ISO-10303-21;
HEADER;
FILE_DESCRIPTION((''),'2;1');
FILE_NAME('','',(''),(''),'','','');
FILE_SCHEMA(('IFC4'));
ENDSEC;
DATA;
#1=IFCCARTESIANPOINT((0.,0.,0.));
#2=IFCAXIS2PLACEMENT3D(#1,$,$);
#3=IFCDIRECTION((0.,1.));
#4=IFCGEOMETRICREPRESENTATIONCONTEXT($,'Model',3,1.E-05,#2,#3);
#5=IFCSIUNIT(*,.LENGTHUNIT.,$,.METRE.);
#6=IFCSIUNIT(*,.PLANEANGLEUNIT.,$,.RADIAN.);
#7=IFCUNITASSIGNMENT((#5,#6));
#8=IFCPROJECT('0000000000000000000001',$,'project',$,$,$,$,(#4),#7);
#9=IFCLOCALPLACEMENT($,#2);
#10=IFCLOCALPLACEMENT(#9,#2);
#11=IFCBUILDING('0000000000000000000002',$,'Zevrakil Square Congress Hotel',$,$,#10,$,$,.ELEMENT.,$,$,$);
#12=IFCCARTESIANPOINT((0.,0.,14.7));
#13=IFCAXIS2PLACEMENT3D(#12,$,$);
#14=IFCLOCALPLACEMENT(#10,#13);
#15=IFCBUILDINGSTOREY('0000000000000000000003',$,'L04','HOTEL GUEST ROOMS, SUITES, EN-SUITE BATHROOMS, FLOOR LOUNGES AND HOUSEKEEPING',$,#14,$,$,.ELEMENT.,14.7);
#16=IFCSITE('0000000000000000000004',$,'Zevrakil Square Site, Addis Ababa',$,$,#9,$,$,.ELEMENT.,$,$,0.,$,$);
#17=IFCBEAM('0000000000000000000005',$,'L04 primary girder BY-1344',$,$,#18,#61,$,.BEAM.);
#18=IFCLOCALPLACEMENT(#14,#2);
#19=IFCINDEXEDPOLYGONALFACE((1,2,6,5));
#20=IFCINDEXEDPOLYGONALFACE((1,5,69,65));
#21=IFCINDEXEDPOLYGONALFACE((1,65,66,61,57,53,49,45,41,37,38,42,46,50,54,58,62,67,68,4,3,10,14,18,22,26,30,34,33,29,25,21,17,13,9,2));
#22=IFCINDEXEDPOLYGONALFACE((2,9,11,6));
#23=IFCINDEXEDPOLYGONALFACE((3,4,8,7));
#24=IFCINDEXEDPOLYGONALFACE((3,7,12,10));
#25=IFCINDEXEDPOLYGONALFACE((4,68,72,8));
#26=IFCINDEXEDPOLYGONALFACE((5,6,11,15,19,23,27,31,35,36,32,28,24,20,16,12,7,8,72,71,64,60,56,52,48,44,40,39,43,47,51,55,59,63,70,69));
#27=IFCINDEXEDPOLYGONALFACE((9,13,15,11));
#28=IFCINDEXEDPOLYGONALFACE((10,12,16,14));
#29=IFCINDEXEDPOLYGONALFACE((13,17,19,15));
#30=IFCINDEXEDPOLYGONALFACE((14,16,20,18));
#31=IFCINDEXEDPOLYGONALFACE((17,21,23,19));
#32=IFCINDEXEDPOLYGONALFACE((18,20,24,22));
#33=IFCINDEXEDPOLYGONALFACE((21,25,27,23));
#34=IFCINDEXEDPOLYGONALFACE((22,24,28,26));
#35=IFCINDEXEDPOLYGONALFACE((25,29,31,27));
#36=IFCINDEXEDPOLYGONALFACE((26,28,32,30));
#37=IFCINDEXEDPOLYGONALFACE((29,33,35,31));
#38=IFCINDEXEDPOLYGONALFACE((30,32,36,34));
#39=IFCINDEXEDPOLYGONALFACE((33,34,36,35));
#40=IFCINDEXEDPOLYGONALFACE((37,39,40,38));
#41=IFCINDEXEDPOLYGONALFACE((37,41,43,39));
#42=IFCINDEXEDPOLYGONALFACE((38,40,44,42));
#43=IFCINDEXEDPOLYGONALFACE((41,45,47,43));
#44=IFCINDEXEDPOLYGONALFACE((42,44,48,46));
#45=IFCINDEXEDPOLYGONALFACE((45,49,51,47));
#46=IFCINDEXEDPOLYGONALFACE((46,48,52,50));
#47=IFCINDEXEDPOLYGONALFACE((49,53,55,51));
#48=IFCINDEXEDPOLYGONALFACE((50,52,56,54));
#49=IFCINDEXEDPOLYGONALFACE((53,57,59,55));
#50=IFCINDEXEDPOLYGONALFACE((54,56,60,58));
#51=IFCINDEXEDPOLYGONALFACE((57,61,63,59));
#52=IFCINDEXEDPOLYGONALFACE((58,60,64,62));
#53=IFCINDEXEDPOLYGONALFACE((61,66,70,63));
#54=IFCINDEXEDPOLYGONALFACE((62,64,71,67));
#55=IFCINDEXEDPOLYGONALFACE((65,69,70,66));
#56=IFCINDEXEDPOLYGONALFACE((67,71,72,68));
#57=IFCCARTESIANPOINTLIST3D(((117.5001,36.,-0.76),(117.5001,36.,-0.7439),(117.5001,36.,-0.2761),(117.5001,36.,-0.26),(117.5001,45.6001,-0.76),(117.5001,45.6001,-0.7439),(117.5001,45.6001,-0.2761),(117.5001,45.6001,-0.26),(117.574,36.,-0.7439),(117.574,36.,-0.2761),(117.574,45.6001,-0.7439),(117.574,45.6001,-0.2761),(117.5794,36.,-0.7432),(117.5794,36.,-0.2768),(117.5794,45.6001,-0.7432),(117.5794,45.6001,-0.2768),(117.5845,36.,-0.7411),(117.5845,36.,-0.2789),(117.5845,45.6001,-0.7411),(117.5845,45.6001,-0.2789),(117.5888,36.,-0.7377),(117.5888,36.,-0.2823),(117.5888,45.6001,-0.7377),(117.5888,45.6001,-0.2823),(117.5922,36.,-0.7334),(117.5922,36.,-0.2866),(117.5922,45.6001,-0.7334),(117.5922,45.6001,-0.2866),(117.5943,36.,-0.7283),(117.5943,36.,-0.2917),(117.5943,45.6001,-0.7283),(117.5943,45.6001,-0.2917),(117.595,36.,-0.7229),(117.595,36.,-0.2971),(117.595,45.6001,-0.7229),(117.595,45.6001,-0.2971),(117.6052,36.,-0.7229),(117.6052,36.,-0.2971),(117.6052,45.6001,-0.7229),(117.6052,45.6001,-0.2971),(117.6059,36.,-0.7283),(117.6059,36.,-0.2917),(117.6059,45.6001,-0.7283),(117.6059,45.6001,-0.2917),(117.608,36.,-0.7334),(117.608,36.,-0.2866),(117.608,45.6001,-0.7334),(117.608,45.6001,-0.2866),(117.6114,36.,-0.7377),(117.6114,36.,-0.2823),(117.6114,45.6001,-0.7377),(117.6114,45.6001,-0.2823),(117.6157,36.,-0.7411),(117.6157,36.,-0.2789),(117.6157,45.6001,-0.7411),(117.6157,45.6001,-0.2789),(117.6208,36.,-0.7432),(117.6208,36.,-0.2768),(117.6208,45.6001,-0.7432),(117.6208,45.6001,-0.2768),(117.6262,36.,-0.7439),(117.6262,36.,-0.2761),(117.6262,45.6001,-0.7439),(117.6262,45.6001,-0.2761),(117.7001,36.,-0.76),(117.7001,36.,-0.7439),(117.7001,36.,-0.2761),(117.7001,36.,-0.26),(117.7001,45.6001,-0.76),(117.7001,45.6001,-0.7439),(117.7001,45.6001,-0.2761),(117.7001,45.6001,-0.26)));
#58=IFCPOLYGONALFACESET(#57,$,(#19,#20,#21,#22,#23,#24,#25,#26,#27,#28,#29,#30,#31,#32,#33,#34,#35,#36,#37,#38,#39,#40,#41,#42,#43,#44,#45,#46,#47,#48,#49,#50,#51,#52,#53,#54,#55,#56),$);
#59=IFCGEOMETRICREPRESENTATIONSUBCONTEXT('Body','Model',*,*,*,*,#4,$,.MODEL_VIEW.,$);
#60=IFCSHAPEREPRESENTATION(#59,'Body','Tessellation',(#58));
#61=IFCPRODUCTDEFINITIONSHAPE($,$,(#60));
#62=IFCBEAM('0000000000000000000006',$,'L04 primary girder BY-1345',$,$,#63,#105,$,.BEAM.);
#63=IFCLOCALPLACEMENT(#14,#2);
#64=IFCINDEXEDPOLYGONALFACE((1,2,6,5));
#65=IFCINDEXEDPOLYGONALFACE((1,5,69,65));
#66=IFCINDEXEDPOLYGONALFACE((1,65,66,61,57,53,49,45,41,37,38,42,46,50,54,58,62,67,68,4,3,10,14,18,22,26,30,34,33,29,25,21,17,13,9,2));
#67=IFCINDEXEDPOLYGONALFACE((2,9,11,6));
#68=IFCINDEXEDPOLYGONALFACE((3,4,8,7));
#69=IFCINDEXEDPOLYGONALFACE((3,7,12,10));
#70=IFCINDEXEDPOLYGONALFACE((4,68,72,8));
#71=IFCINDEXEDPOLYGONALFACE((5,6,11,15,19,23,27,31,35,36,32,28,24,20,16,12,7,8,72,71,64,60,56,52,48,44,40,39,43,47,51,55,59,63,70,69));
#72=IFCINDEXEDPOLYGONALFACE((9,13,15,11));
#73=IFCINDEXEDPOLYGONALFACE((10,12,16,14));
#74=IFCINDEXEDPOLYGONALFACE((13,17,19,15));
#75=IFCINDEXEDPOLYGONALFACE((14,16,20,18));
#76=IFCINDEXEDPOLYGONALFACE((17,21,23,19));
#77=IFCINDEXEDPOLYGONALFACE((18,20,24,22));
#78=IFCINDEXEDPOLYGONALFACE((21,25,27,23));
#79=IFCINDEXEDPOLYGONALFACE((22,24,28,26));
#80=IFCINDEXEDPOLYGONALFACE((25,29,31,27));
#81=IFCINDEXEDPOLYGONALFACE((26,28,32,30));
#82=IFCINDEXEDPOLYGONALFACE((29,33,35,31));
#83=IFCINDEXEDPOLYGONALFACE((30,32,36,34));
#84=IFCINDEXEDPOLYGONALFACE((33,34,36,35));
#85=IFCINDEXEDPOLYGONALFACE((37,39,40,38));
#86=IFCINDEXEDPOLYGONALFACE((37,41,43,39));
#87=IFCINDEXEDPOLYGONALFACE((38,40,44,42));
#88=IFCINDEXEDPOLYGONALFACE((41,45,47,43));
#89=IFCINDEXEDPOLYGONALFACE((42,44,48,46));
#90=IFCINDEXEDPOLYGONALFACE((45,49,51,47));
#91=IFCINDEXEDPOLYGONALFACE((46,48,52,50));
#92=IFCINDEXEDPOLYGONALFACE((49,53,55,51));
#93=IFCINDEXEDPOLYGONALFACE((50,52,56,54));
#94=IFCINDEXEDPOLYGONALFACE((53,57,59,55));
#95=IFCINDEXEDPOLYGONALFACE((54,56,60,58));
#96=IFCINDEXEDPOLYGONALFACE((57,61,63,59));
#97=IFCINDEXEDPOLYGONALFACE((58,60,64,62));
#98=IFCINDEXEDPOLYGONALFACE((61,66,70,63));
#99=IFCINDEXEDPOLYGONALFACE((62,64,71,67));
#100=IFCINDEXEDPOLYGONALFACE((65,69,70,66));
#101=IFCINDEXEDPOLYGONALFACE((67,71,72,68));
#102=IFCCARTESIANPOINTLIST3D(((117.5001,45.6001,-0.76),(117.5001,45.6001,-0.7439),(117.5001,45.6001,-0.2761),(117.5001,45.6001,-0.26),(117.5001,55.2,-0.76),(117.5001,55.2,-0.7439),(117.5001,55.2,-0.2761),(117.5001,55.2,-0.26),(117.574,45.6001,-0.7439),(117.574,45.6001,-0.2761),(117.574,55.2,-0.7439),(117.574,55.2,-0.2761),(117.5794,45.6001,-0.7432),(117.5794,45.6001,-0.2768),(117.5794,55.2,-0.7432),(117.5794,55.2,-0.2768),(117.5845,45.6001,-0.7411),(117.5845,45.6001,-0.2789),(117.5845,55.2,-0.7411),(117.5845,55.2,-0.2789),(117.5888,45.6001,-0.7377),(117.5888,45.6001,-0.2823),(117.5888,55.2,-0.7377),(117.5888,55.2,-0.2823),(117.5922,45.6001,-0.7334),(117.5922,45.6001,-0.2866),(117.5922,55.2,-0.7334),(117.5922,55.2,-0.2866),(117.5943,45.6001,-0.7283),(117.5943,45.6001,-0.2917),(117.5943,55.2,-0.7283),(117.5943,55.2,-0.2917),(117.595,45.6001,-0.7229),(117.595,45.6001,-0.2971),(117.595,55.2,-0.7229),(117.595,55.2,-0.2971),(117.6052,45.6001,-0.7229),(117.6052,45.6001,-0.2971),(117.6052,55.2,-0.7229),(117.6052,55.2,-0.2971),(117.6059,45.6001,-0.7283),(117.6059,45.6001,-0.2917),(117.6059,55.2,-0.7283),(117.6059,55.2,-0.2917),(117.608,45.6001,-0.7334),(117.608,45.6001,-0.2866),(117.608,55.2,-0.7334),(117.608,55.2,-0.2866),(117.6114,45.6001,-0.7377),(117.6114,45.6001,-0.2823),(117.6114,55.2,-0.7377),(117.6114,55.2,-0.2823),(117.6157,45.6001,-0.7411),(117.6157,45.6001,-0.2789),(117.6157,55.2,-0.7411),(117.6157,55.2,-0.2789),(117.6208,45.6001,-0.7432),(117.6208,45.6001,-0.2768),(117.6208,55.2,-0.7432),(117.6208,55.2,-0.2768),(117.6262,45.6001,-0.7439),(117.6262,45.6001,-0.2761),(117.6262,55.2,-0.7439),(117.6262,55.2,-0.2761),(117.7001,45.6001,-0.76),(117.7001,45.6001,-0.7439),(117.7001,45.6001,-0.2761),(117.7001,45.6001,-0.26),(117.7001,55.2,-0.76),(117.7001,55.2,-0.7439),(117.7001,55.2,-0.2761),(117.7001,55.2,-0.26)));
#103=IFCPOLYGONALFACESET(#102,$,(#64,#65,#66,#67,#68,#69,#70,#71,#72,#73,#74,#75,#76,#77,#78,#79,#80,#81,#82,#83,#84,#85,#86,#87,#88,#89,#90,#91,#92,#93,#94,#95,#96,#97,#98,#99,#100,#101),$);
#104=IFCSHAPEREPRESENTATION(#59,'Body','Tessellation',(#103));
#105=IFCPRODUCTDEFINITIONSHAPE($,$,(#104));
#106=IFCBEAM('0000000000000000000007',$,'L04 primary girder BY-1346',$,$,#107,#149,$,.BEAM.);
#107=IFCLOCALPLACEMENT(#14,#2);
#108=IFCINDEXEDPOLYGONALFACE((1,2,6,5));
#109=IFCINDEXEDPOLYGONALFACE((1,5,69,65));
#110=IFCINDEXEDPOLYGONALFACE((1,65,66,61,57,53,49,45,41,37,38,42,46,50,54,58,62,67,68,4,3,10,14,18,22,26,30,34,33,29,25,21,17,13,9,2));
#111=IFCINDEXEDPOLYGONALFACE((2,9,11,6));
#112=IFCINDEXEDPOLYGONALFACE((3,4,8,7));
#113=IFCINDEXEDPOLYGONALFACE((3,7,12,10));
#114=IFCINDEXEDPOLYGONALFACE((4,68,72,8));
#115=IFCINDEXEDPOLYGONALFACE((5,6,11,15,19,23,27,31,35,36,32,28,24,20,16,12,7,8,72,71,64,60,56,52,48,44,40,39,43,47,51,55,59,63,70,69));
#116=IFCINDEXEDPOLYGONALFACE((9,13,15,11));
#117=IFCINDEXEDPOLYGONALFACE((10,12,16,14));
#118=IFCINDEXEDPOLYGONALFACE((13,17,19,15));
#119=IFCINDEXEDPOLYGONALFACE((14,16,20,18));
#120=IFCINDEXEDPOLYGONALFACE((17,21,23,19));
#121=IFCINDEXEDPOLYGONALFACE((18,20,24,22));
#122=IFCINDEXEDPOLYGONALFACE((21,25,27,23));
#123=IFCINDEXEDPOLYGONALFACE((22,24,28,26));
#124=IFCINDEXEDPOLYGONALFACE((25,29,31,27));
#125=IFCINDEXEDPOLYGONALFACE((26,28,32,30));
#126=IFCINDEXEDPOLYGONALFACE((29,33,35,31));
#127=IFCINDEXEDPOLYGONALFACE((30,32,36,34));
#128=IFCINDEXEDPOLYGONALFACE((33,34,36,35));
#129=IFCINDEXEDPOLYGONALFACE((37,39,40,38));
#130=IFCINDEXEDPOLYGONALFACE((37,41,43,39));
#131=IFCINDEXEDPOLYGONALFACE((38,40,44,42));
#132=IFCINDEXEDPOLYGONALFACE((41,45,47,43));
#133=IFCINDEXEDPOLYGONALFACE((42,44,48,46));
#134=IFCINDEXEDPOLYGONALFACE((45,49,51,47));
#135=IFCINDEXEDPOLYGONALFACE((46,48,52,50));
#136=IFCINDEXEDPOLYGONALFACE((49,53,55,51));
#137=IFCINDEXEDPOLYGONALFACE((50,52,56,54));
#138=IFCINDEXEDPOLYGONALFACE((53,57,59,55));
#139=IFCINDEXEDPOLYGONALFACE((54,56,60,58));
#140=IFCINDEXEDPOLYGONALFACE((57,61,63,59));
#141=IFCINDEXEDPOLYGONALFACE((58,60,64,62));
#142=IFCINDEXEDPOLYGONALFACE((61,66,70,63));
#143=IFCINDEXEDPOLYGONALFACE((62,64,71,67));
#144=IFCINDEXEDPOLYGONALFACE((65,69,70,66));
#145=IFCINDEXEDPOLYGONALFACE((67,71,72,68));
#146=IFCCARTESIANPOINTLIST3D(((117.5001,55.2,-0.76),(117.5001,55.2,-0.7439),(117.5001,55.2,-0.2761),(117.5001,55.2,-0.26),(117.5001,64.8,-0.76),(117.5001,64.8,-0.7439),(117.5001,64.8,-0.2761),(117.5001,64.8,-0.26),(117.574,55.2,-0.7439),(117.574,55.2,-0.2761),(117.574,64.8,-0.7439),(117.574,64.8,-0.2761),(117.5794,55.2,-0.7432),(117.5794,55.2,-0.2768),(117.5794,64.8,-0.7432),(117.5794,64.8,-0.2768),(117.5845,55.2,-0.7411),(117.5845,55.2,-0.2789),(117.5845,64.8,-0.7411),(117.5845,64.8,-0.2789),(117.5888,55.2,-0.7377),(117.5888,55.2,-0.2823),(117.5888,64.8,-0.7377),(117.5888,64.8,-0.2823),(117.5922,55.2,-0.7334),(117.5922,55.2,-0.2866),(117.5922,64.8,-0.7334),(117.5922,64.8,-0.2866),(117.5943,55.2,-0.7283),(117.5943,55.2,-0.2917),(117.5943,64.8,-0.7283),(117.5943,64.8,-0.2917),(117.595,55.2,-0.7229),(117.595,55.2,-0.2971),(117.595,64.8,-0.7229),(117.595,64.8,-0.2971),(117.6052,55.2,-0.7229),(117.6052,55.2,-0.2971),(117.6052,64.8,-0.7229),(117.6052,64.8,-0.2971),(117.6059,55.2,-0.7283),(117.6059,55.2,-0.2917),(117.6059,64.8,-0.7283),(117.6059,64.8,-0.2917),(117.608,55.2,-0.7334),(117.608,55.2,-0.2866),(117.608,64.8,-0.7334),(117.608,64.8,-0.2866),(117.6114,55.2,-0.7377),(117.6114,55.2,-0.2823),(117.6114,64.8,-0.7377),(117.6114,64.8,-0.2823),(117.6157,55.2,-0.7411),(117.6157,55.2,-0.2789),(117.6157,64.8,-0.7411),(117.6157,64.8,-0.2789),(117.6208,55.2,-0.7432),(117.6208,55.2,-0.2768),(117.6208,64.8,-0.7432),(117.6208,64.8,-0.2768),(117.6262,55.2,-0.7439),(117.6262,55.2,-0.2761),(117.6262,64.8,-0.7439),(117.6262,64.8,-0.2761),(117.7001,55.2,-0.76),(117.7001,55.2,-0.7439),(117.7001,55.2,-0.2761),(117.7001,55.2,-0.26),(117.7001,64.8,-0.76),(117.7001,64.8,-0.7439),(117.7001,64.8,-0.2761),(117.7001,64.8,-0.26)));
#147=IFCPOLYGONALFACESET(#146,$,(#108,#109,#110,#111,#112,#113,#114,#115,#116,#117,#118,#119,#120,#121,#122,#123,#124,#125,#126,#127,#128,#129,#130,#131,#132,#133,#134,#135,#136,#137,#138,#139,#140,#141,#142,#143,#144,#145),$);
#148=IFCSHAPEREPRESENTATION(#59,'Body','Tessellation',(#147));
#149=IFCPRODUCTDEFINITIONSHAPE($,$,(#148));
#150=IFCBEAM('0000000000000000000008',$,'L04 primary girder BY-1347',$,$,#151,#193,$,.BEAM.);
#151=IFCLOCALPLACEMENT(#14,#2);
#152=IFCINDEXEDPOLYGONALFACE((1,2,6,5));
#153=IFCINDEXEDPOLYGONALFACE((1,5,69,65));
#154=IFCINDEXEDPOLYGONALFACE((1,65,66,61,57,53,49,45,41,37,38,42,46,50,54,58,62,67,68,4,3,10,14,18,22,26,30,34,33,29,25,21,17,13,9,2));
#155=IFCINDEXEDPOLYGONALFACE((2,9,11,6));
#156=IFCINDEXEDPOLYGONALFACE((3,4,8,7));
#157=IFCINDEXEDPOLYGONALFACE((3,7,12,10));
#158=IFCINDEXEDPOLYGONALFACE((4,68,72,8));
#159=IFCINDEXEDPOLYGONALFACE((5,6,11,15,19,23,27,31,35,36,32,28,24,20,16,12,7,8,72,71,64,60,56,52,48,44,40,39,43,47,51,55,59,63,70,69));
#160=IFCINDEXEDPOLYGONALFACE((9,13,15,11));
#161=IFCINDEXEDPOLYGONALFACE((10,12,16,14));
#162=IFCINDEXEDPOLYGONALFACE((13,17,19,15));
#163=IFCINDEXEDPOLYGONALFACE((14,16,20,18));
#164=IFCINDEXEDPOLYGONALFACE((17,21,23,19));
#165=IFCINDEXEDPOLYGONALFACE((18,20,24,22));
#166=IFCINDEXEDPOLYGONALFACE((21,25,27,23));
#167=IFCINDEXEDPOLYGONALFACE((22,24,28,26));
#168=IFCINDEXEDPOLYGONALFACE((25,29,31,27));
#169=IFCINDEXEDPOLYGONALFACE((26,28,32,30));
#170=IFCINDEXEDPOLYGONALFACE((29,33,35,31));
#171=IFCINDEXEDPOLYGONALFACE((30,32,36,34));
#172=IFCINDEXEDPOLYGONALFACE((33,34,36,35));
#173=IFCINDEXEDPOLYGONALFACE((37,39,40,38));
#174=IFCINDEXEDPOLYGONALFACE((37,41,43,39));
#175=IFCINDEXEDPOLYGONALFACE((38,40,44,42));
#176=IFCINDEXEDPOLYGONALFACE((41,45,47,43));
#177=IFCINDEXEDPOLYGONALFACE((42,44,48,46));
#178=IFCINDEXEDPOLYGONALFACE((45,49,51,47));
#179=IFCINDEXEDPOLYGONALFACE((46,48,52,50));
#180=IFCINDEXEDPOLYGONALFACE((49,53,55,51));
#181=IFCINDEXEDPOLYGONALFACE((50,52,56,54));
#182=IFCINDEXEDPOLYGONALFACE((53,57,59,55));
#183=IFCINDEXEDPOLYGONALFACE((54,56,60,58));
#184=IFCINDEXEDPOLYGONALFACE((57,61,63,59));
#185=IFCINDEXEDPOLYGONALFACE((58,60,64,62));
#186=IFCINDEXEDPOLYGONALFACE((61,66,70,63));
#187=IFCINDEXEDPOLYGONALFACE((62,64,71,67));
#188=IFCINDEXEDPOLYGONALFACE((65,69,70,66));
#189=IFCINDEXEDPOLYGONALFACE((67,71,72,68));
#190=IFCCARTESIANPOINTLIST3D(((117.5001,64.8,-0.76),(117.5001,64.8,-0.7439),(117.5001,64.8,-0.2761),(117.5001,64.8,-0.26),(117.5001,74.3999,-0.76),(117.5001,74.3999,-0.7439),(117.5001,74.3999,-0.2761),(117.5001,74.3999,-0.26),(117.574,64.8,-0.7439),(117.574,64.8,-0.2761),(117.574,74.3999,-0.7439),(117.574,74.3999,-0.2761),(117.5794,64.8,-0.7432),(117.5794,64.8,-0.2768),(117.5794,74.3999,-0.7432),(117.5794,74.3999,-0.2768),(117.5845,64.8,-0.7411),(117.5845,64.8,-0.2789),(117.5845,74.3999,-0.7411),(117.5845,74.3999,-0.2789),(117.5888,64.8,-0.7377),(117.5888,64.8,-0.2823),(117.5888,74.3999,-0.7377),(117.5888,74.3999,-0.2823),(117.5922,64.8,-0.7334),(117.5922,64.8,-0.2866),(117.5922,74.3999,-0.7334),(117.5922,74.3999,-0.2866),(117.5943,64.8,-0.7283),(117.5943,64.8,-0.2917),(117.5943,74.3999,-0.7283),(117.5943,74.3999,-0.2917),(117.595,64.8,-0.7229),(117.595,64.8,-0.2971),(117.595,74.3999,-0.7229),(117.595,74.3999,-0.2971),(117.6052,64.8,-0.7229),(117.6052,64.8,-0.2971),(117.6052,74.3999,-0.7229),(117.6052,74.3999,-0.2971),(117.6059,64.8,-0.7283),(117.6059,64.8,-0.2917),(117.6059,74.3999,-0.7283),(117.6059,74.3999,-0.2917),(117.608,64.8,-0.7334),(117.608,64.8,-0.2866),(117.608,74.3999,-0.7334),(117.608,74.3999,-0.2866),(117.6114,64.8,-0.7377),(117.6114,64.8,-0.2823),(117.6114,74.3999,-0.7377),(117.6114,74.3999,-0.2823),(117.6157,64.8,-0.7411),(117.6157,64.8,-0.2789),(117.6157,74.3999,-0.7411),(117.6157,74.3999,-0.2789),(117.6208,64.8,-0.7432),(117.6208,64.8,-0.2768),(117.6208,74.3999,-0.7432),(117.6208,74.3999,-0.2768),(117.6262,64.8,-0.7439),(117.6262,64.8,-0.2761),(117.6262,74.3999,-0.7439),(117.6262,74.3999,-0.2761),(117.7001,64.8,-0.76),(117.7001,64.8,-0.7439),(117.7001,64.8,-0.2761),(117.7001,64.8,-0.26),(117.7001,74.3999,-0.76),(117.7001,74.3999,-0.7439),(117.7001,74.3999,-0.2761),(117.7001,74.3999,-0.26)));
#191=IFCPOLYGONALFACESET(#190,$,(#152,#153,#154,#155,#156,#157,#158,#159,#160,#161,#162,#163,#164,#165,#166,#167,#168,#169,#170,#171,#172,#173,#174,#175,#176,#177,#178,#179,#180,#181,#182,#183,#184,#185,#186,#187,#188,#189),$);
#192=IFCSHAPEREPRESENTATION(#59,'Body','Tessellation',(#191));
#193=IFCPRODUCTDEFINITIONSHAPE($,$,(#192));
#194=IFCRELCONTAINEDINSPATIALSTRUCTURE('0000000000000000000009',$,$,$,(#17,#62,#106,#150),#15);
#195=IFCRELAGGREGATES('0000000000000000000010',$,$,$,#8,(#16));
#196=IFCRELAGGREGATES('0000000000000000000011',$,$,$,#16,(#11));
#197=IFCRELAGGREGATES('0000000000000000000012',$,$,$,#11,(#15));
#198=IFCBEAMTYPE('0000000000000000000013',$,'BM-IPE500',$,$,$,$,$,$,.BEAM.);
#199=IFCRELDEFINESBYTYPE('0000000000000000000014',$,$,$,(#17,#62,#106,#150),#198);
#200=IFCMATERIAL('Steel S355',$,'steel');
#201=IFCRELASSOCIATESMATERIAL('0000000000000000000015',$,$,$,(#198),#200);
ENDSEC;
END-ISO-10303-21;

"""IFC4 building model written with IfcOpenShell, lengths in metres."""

from ifc_helpers import new_model, si_unit, direction, frame, origin, origin_2d, place, context, subcontext, project, spatial, i_section, extrude, material, material_profile, profile_set, type_object, element, save


model = new_model("IFC4")

# Units and contexts
model_context = context("Model", 3, precision=1e-05, world=origin(), true_north=direction((0.0, 1.0)))
body_context = subcontext(model_context, "Body", "Model", "MODEL_VIEW")
ifc_project = project(units=[si_unit("LENGTHUNIT", "METRE"), si_unit("PLANEANGLEUNIT", "RADIAN")], contexts=[model_context])

# Site, building, storey
site_placement = place(None, origin())
site = spatial("IfcSite", under=ifc_project, at=site_placement, Name="Zevrakil Square Site, Addis Ababa", CompositionType="ELEMENT", RefElevation=0.0)
building_placement = place(site_placement, origin())
building = spatial("IfcBuilding", under=site, at=building_placement, Name="Zevrakil Square Congress Hotel", CompositionType="ELEMENT")
storey_placement = place(building_placement, frame((0.0, 0.0, 14.7)))
storey = spatial("IfcBuildingStorey", under=building, at=storey_placement, Name="L04", Description="HOTEL GUEST ROOMS, SUITES, EN-SUITE BATHROOMS, FLOOR LOUNGES AND HOUSEKEEPING", CompositionType="ELEMENT", Elevation=14.7)

# Beams
ifc_material_1 = material(Name="Steel S355", Category="steel")
ifc_material_profile_1 = material_profile(ifc_material_1, i_section(OverallWidth=0.2, OverallDepth=0.5, WebThickness=0.0103, FlangeThickness=0.0161, FilletRadius=0.021, at=origin_2d()), Name="IPE 500")
ifc_profile_set_1 = profile_set([ifc_material_profile_1], Name="Steel S355")
beam_type_1 = type_object("IfcBeamType", Name="BM-IPE500", PredefinedType="BEAM", material=ifc_profile_set_1)
for number, where, z_axis, x_axis, name in (
    (1, (117.6001, 36.0, -0.51), (0.0, 1.0, 0.0), (-1.0, 0.0, 0.0), "L04 primary girder BY-1344"),
):
    element("IfcBeam", number, at=place(storey_placement, frame(where, z_axis=z_axis, x_axis=x_axis)), inside=storey, type_object=beam_type_1, Name=name, PredefinedType="BEAM", context=body_context, shape_type="SweptSolid", body=[
        extrude(i_section(OverallWidth=0.2, OverallDepth=0.5, WebThickness=0.0103, FlangeThickness=0.0161, FilletRadius=0.021, at=origin_2d()), origin(), (0.0, 0.0, 1.0), 9.6001),
    ])
beam_1_placement = place(storey_placement, frame((117.6001, 45.6001, -0.51), z_axis=(0.0, 1.0, 0.0), x_axis=(-1.0, 0.0, 0.0)))
element("IfcBeam", 2, at=beam_1_placement, inside=storey, type_object=beam_type_1, Name="L04 primary girder BY-1345", PredefinedType="BEAM", context=body_context, shape_type="SweptSolid", body=[
    extrude(i_section(OverallWidth=0.2, OverallDepth=0.5, WebThickness=0.0103, FlangeThickness=0.0161, FilletRadius=0.021, at=origin_2d()), origin(), (0.0, 0.0, 1.0), 9.5999),
])
beam_2_placement = place(storey_placement, frame((117.6001, 55.2, -0.51), z_axis=(0.0, 1.0, 0.0), x_axis=(-1.0, 0.0, 0.0)))
element("IfcBeam", 3, at=beam_2_placement, inside=storey, type_object=beam_type_1, Name="L04 primary girder BY-1346", PredefinedType="BEAM", context=body_context, shape_type="SweptSolid", body=[
    extrude(i_section(OverallWidth=0.2, OverallDepth=0.5, WebThickness=0.0103, FlangeThickness=0.0161, FilletRadius=0.021, at=origin_2d()), origin(), (0.0, 0.0, 1.0), 9.6001),
])
beam_3_placement = place(storey_placement, frame((117.6001, 64.8, -0.51), z_axis=(0.0, 1.0, 0.0), x_axis=(-1.0, 0.0, 0.0)))
element("IfcBeam", 4, at=beam_3_placement, inside=storey, type_object=beam_type_1, Name="L04 primary girder BY-1347", PredefinedType="BEAM", context=body_context, shape_type="SweptSolid", body=[
    extrude(i_section(OverallWidth=0.2, OverallDepth=0.5, WebThickness=0.0103, FlangeThickness=0.0161, FilletRadius=0.021, at=origin_2d()), origin(), (0.0, 0.0, 1.0), 9.5999),
])

save(model, "model.ifc")
